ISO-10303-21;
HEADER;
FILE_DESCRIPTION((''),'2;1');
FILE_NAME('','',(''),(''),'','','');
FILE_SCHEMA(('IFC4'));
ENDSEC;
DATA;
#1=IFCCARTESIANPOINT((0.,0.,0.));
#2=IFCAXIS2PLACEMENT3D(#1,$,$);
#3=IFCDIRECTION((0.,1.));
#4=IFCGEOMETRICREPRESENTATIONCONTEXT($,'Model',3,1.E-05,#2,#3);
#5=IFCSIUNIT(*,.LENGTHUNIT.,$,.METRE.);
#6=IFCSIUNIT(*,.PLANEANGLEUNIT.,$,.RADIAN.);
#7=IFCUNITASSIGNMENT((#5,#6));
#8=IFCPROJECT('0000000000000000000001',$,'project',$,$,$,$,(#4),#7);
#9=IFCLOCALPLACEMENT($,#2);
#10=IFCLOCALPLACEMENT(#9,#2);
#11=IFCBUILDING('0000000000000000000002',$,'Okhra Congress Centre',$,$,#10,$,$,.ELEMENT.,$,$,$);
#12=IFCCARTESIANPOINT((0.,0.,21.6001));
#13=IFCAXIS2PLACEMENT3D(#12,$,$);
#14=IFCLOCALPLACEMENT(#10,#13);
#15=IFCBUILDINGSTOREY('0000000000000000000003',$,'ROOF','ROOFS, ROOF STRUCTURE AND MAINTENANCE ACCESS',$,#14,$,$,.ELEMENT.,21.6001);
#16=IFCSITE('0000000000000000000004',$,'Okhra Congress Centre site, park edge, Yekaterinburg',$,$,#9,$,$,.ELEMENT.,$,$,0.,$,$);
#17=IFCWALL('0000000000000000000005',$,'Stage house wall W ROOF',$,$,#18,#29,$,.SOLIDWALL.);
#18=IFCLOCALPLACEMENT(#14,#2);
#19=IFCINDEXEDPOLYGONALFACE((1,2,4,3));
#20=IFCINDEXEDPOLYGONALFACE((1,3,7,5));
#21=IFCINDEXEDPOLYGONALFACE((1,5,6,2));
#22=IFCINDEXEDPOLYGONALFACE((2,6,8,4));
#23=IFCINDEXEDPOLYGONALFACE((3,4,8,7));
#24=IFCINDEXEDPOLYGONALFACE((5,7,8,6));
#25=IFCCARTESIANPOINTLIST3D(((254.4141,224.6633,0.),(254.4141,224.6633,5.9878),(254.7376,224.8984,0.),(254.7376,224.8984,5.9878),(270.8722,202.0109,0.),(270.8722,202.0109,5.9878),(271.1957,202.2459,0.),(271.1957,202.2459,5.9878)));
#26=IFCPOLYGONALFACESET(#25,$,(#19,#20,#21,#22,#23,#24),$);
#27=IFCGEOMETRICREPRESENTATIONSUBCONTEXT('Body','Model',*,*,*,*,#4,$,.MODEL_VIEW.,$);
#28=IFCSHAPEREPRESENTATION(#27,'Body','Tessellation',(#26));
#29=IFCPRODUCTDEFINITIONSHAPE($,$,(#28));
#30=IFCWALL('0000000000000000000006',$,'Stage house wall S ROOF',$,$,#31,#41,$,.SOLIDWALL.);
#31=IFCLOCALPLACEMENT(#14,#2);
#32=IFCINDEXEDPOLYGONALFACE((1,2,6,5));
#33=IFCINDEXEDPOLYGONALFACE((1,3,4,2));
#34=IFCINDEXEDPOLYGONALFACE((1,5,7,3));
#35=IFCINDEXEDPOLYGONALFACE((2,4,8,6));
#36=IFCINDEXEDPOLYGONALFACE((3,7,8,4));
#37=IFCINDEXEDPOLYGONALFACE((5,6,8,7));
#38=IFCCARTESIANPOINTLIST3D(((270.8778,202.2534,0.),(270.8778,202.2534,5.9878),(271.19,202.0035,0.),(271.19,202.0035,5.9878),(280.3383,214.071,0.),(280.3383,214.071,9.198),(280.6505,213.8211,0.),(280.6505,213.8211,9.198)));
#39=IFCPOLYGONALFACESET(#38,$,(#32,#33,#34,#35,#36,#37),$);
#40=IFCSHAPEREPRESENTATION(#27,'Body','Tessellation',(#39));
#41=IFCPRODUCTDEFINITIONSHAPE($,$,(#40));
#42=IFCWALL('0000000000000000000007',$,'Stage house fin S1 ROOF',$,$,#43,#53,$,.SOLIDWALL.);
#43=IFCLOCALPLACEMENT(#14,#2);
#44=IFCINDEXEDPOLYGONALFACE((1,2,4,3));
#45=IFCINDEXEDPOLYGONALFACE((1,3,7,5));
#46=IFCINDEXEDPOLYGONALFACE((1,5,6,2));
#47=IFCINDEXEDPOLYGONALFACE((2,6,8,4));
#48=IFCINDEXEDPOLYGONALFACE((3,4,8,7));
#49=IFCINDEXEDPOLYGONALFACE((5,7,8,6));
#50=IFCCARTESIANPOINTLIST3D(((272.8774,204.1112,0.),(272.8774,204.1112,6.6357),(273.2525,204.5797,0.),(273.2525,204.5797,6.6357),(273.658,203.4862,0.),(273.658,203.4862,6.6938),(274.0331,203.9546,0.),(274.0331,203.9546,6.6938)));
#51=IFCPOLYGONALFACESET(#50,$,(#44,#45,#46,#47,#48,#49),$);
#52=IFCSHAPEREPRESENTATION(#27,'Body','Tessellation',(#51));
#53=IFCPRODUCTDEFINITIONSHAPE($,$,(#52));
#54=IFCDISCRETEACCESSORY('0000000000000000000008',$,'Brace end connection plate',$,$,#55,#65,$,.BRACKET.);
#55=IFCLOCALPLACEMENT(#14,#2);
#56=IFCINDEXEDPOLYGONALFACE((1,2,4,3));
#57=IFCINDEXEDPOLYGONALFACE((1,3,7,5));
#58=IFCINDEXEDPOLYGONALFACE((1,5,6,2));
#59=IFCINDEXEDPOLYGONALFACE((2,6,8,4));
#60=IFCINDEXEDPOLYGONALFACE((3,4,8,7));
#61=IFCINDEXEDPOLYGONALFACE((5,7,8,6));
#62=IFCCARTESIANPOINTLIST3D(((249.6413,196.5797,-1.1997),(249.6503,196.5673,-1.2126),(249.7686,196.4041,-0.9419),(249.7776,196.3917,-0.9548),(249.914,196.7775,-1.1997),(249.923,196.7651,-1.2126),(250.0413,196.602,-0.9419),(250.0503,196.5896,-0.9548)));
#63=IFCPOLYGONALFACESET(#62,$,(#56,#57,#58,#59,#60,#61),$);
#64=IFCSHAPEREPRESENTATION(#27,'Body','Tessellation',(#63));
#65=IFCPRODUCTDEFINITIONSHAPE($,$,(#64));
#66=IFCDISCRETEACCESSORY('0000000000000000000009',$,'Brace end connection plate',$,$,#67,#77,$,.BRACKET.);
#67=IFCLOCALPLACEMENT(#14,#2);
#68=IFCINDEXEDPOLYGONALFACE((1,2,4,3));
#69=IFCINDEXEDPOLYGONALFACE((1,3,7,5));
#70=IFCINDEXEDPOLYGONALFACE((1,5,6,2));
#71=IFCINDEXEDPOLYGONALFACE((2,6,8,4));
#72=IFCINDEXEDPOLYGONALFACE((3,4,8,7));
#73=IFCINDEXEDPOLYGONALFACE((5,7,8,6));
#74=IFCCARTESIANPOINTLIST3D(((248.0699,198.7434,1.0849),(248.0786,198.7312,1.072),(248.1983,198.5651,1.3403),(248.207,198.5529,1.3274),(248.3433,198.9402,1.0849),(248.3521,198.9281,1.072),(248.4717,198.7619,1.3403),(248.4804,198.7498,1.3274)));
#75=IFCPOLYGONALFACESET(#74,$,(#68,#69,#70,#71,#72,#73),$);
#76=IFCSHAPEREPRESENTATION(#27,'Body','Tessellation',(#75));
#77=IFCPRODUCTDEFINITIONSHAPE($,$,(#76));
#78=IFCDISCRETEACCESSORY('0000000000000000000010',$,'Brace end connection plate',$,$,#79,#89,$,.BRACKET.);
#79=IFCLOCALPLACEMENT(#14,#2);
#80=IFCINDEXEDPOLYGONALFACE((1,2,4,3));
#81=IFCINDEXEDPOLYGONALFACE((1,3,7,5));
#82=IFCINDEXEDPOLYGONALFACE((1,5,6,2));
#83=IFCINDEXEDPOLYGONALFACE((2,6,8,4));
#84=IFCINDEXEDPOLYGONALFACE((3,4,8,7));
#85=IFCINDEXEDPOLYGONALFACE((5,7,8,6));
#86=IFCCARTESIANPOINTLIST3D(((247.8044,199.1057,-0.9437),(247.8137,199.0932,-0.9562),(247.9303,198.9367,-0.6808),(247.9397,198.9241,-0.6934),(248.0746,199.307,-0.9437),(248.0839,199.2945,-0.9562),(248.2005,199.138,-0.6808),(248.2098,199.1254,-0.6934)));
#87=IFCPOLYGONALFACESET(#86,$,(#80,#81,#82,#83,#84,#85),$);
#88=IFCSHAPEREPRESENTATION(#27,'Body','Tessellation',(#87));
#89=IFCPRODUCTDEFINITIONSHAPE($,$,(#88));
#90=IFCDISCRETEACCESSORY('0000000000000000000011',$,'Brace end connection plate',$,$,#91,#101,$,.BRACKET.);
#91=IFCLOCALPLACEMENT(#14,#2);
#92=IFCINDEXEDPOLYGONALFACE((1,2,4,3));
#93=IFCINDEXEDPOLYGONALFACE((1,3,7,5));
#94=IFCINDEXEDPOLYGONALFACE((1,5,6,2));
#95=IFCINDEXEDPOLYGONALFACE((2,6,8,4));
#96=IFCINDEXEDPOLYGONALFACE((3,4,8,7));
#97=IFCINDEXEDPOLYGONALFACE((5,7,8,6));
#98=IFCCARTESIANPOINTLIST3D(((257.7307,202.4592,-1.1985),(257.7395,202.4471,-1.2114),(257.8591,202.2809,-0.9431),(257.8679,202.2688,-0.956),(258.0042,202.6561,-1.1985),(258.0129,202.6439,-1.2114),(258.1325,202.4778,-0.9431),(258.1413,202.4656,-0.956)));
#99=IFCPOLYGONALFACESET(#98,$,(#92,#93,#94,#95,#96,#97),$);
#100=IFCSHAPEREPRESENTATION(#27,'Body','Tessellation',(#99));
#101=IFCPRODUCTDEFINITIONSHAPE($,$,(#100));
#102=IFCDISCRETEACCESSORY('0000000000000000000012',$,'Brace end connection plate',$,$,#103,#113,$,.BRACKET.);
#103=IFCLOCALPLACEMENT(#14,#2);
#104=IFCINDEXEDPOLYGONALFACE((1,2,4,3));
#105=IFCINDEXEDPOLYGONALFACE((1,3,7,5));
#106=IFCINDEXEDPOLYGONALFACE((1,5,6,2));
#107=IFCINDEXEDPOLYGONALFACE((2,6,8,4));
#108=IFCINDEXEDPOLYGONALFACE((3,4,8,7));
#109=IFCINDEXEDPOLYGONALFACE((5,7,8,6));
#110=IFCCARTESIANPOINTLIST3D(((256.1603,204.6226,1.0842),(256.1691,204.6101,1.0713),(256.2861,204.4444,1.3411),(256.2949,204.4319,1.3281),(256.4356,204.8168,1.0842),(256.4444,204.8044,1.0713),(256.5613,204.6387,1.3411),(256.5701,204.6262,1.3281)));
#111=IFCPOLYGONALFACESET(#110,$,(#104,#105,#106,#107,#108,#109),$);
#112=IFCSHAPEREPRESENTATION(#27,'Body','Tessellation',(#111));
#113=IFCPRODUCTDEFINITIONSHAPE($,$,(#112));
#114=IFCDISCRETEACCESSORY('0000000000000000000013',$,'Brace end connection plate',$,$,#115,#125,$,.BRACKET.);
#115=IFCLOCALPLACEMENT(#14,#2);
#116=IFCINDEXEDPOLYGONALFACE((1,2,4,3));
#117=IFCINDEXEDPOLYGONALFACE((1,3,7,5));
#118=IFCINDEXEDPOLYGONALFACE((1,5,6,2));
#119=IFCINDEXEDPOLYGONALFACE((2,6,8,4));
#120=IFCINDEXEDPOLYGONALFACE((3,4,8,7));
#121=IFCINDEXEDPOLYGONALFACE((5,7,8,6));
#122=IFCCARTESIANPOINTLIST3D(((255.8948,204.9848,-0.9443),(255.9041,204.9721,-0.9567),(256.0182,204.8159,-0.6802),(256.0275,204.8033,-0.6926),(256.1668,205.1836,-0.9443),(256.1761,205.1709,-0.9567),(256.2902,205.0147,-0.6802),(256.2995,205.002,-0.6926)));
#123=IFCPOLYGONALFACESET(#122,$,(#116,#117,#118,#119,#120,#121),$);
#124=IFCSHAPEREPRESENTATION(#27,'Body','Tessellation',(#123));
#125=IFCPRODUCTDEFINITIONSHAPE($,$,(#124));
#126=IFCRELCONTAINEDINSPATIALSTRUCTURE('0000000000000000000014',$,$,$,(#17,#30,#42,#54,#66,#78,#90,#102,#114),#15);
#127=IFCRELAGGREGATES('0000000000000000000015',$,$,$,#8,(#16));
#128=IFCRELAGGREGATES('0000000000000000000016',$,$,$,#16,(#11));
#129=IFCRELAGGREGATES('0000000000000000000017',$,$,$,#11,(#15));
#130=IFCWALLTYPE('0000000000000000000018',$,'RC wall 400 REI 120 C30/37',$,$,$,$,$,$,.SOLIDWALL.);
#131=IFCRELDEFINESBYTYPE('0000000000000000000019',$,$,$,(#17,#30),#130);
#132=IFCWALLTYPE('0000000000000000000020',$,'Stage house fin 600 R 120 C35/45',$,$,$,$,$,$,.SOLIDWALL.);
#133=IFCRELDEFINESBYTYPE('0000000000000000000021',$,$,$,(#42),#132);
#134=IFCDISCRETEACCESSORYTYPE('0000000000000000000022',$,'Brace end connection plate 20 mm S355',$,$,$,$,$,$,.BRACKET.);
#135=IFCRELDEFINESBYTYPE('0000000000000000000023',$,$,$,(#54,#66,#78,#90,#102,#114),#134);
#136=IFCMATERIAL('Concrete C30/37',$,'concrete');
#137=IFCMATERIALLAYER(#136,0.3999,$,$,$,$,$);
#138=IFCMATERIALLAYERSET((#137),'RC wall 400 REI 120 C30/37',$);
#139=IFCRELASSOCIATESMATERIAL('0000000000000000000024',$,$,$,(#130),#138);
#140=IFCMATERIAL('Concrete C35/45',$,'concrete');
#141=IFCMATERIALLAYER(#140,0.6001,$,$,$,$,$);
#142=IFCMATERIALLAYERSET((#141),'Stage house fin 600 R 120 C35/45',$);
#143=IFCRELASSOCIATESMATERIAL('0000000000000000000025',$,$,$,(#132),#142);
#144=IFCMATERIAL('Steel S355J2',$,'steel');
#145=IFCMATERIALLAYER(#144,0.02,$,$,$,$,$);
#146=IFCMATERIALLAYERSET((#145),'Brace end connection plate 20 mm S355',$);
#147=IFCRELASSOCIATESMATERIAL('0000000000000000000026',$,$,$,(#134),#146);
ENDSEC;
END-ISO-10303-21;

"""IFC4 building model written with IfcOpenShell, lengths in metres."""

from ifc_helpers import new_model, si_unit, direction, frame, origin, origin_2d, place, context, subcontext, project, spatial, polyline, rectangle, outline, extrude, material, layer, layer_set, type_object, element, save


model = new_model("IFC4")

# Units and contexts
model_context = context("Model", 3, precision=1e-05, world=origin(), true_north=direction((0.0, 1.0)))
body_context = subcontext(model_context, "Body", "Model", "MODEL_VIEW")
ifc_project = project(units=[si_unit("LENGTHUNIT", "METRE"), si_unit("PLANEANGLEUNIT", "RADIAN")], contexts=[model_context])

# Site, building, storey
site_placement = place(None, origin())
site = spatial("IfcSite", under=ifc_project, at=site_placement, Name="Okhra Congress Centre site, park edge, Yekaterinburg", CompositionType="ELEMENT", RefElevation=0.0)
building_placement = place(site_placement, origin())
building = spatial("IfcBuilding", under=site, at=building_placement, Name="Okhra Congress Centre", CompositionType="ELEMENT")
storey_placement = place(building_placement, frame((0.0, 0.0, 21.6001)))
storey = spatial("IfcBuildingStorey", under=building, at=storey_placement, Name="ROOF", Description="ROOFS, ROOF STRUCTURE AND MAINTENANCE ACCESS", CompositionType="ELEMENT", Elevation=21.6001)

# Shared definitions
ifc_material_1 = material(Name="Steel S355J2", Category="steel")

# Walls
ifc_material_2 = material(Name="Concrete C30/37", Category="concrete")
ifc_layer_1 = layer(ifc_material_2, 0.3999)
ifc_layer_set_1 = layer_set([ifc_layer_1], Name="RC wall 400 REI 120 C30/37")
wall_type_1 = type_object("IfcWallType", Name="RC wall 400 REI 120 C30/37", PredefinedType="SOLIDWALL", material=ifc_layer_set_1)
wall_1_placement = place(storey_placement, frame((271.0339, 202.1284, 0.0), z_axis=(0.0, 0.0, 1.0), x_axis=(-0.587788, 0.809015, 0.0)))
element("IfcWall", 1, at=wall_1_placement, inside=storey, type_object=wall_type_1, Name="Stage house wall W ROOF", PredefinedType="SOLIDWALL", context=body_context, shape_type="SweptSolid", body=[
    extrude(outline(polyline([(0.0, 0.0), (28.0, 0.0), (28.0, 5.9878), (0.0, 5.9878), (0.0, 0.0)])), frame((0.0, 0.2, 0.0), z_axis=(0.0, -1.0, 0.0), x_axis=(1.0, 0.0, 0.0)), (0.0, 0.0, 1.0), 0.3999),
])
wall_2_placement = place(storey_placement, frame((271.0339, 202.1284, 0.0), z_axis=(0.0, 0.0, 1.0), x_axis=(0.624951, 0.780664, 0.0)))
element("IfcWall", 2, at=wall_2_placement, inside=storey, type_object=wall_type_1, Name="Stage house wall S ROOF", PredefinedType="SOLIDWALL", context=body_context, shape_type="SweptSolid", body=[
    extrude(outline(polyline([(0.0, 0.0), (15.1379, 0.0), (15.1379, 9.198), (0.0, 5.9878), (0.0, 0.0)])), frame((0.0, 0.2, 0.0), z_axis=(0.0, -1.0, 0.0), x_axis=(1.0, 0.0, 0.0)), (0.0, 0.0, 1.0), 0.3999),
])
ifc_material_3 = material(Name="Concrete C35/45", Category="concrete")
ifc_layer_2 = layer(ifc_material_3, 0.6001)
ifc_layer_set_2 = layer_set([ifc_layer_2], Name="Stage house fin 600 R 120 C35/45")
wall_type_2 = type_object("IfcWallType", Name="Stage house fin 600 R 120 C35/45", PredefinedType="SOLIDWALL", material=ifc_layer_set_2)
wall_3_placement = place(storey_placement, frame((273.0649, 204.3455, 0.0), z_axis=(0.0, 0.0, 1.0), x_axis=(0.780583, -0.625052, 0.0)))
element("IfcWall", 3, at=wall_3_placement, inside=storey, type_object=wall_type_2, Name="Stage house fin S1 ROOF", PredefinedType="SOLIDWALL", context=body_context, shape_type="SweptSolid", body=[
    extrude(outline(polyline([(0.0, 0.0), (1.0, 0.0), (1.0, 6.6938), (0.0, 6.6357), (0.0, 0.0)])), frame((0.0, 0.3, 0.0), z_axis=(0.0, -1.0, 0.0), x_axis=(1.0, 0.0, 0.0)), (0.0, 0.0, 1.0), 0.6001),
])

# Discrete accessories
ifc_layer_3 = layer(ifc_material_1, 0.02)
ifc_layer_set_3 = layer_set([ifc_layer_3], Name="Brace end connection plate 20 mm S355")
discrete_accessory_type = type_object("IfcDiscreteAccessoryType", Name="Brace end connection plate 20 mm S355", PredefinedType="BRACKET", material=ifc_layer_set_3)
discrete_accessory_1_placement = place(storey_placement, frame((249.8413, 196.5908, -1.0708), z_axis=(0.449385, -0.619423, -0.643714), x_axis=(0.809422, 0.587228, 0.0)))
element("IfcDiscreteAccessory", 4, at=discrete_accessory_1_placement, inside=storey, type_object=discrete_accessory_type, Name="Brace end connection plate", PredefinedType="BRACKET", context=body_context, shape_type="SweptSolid", body=[
    extrude(rectangle(XDim=0.3369, YDim=0.3369, at=origin_2d()), origin(), (0.0, 0.0, 1.0), 0.02),
])
discrete_accessory_2_placement = place(storey_placement, frame((248.2795, 198.7405, 1.1997), z_axis=(-0.442962, 0.615224, 0.652138), x_axis=(-0.811534, -0.584305, 0.0)))
element("IfcDiscreteAccessory", 5, at=discrete_accessory_2_placement, inside=storey, type_object=discrete_accessory_type, Name="Brace end connection plate", PredefinedType="BRACKET", context=body_context, shape_type="SweptSolid", body=[
    extrude(rectangle(XDim=0.3369, YDim=0.3369, at=origin_2d()), origin(), (0.0, 0.0, 1.0), 0.0198),
])
discrete_accessory_3_placement = place(storey_placement, frame((248.0024, 199.1218, -0.8123), z_axis=(0.466126, -0.62559, -0.62559), x_axis=(0.801883, 0.597481, 0.0)))
element("IfcDiscreteAccessory", 6, at=discrete_accessory_3_placement, inside=storey, type_object=discrete_accessory_type, Name="Brace end connection plate", PredefinedType="BRACKET", context=body_context, shape_type="SweptSolid", body=[
    extrude(rectangle(XDim=0.3369, YDim=0.3369, at=origin_2d()), origin(), (0.0, 0.0, 1.0), 0.02),
])
discrete_accessory_4_placement = place(storey_placement, frame((257.9316, 202.4685, -1.0708), z_axis=(0.442962, -0.615224, -0.652138), x_axis=(0.811534, 0.584305, 0.0)))
element("IfcDiscreteAccessory", 7, at=discrete_accessory_4_placement, inside=storey, type_object=discrete_accessory_type, Name="Brace end connection plate", PredefinedType="BRACKET", context=body_context, shape_type="SweptSolid", body=[
    extrude(rectangle(XDim=0.3369, YDim=0.3369, at=origin_2d()), origin(), (0.0, 0.0, 1.0), 0.0198),
])
for number, where, z_axis, x_axis, name in (
    (8, (256.3696, 204.6182, 1.1997), (-0.439613, 0.622785, 0.647208), (-0.816968, -0.576683, 0.0), "Brace end connection plate"),
    (9, (256.0925, 204.9998, -0.8123), (0.462556, -0.632971, -0.620798), (0.807391, 0.590017, 0.0), "Brace end connection plate"),
):
    element("IfcDiscreteAccessory", number, at=place(storey_placement, frame(where, z_axis=z_axis, x_axis=x_axis)), inside=storey, type_object=discrete_accessory_type, Name=name, PredefinedType="BRACKET", context=body_context, shape_type="SweptSolid", body=[
        extrude(rectangle(XDim=0.3369, YDim=0.3369, at=origin_2d()), origin(), (0.0, 0.0, 1.0), 0.02),
    ])

save(model, "model.ifc")
